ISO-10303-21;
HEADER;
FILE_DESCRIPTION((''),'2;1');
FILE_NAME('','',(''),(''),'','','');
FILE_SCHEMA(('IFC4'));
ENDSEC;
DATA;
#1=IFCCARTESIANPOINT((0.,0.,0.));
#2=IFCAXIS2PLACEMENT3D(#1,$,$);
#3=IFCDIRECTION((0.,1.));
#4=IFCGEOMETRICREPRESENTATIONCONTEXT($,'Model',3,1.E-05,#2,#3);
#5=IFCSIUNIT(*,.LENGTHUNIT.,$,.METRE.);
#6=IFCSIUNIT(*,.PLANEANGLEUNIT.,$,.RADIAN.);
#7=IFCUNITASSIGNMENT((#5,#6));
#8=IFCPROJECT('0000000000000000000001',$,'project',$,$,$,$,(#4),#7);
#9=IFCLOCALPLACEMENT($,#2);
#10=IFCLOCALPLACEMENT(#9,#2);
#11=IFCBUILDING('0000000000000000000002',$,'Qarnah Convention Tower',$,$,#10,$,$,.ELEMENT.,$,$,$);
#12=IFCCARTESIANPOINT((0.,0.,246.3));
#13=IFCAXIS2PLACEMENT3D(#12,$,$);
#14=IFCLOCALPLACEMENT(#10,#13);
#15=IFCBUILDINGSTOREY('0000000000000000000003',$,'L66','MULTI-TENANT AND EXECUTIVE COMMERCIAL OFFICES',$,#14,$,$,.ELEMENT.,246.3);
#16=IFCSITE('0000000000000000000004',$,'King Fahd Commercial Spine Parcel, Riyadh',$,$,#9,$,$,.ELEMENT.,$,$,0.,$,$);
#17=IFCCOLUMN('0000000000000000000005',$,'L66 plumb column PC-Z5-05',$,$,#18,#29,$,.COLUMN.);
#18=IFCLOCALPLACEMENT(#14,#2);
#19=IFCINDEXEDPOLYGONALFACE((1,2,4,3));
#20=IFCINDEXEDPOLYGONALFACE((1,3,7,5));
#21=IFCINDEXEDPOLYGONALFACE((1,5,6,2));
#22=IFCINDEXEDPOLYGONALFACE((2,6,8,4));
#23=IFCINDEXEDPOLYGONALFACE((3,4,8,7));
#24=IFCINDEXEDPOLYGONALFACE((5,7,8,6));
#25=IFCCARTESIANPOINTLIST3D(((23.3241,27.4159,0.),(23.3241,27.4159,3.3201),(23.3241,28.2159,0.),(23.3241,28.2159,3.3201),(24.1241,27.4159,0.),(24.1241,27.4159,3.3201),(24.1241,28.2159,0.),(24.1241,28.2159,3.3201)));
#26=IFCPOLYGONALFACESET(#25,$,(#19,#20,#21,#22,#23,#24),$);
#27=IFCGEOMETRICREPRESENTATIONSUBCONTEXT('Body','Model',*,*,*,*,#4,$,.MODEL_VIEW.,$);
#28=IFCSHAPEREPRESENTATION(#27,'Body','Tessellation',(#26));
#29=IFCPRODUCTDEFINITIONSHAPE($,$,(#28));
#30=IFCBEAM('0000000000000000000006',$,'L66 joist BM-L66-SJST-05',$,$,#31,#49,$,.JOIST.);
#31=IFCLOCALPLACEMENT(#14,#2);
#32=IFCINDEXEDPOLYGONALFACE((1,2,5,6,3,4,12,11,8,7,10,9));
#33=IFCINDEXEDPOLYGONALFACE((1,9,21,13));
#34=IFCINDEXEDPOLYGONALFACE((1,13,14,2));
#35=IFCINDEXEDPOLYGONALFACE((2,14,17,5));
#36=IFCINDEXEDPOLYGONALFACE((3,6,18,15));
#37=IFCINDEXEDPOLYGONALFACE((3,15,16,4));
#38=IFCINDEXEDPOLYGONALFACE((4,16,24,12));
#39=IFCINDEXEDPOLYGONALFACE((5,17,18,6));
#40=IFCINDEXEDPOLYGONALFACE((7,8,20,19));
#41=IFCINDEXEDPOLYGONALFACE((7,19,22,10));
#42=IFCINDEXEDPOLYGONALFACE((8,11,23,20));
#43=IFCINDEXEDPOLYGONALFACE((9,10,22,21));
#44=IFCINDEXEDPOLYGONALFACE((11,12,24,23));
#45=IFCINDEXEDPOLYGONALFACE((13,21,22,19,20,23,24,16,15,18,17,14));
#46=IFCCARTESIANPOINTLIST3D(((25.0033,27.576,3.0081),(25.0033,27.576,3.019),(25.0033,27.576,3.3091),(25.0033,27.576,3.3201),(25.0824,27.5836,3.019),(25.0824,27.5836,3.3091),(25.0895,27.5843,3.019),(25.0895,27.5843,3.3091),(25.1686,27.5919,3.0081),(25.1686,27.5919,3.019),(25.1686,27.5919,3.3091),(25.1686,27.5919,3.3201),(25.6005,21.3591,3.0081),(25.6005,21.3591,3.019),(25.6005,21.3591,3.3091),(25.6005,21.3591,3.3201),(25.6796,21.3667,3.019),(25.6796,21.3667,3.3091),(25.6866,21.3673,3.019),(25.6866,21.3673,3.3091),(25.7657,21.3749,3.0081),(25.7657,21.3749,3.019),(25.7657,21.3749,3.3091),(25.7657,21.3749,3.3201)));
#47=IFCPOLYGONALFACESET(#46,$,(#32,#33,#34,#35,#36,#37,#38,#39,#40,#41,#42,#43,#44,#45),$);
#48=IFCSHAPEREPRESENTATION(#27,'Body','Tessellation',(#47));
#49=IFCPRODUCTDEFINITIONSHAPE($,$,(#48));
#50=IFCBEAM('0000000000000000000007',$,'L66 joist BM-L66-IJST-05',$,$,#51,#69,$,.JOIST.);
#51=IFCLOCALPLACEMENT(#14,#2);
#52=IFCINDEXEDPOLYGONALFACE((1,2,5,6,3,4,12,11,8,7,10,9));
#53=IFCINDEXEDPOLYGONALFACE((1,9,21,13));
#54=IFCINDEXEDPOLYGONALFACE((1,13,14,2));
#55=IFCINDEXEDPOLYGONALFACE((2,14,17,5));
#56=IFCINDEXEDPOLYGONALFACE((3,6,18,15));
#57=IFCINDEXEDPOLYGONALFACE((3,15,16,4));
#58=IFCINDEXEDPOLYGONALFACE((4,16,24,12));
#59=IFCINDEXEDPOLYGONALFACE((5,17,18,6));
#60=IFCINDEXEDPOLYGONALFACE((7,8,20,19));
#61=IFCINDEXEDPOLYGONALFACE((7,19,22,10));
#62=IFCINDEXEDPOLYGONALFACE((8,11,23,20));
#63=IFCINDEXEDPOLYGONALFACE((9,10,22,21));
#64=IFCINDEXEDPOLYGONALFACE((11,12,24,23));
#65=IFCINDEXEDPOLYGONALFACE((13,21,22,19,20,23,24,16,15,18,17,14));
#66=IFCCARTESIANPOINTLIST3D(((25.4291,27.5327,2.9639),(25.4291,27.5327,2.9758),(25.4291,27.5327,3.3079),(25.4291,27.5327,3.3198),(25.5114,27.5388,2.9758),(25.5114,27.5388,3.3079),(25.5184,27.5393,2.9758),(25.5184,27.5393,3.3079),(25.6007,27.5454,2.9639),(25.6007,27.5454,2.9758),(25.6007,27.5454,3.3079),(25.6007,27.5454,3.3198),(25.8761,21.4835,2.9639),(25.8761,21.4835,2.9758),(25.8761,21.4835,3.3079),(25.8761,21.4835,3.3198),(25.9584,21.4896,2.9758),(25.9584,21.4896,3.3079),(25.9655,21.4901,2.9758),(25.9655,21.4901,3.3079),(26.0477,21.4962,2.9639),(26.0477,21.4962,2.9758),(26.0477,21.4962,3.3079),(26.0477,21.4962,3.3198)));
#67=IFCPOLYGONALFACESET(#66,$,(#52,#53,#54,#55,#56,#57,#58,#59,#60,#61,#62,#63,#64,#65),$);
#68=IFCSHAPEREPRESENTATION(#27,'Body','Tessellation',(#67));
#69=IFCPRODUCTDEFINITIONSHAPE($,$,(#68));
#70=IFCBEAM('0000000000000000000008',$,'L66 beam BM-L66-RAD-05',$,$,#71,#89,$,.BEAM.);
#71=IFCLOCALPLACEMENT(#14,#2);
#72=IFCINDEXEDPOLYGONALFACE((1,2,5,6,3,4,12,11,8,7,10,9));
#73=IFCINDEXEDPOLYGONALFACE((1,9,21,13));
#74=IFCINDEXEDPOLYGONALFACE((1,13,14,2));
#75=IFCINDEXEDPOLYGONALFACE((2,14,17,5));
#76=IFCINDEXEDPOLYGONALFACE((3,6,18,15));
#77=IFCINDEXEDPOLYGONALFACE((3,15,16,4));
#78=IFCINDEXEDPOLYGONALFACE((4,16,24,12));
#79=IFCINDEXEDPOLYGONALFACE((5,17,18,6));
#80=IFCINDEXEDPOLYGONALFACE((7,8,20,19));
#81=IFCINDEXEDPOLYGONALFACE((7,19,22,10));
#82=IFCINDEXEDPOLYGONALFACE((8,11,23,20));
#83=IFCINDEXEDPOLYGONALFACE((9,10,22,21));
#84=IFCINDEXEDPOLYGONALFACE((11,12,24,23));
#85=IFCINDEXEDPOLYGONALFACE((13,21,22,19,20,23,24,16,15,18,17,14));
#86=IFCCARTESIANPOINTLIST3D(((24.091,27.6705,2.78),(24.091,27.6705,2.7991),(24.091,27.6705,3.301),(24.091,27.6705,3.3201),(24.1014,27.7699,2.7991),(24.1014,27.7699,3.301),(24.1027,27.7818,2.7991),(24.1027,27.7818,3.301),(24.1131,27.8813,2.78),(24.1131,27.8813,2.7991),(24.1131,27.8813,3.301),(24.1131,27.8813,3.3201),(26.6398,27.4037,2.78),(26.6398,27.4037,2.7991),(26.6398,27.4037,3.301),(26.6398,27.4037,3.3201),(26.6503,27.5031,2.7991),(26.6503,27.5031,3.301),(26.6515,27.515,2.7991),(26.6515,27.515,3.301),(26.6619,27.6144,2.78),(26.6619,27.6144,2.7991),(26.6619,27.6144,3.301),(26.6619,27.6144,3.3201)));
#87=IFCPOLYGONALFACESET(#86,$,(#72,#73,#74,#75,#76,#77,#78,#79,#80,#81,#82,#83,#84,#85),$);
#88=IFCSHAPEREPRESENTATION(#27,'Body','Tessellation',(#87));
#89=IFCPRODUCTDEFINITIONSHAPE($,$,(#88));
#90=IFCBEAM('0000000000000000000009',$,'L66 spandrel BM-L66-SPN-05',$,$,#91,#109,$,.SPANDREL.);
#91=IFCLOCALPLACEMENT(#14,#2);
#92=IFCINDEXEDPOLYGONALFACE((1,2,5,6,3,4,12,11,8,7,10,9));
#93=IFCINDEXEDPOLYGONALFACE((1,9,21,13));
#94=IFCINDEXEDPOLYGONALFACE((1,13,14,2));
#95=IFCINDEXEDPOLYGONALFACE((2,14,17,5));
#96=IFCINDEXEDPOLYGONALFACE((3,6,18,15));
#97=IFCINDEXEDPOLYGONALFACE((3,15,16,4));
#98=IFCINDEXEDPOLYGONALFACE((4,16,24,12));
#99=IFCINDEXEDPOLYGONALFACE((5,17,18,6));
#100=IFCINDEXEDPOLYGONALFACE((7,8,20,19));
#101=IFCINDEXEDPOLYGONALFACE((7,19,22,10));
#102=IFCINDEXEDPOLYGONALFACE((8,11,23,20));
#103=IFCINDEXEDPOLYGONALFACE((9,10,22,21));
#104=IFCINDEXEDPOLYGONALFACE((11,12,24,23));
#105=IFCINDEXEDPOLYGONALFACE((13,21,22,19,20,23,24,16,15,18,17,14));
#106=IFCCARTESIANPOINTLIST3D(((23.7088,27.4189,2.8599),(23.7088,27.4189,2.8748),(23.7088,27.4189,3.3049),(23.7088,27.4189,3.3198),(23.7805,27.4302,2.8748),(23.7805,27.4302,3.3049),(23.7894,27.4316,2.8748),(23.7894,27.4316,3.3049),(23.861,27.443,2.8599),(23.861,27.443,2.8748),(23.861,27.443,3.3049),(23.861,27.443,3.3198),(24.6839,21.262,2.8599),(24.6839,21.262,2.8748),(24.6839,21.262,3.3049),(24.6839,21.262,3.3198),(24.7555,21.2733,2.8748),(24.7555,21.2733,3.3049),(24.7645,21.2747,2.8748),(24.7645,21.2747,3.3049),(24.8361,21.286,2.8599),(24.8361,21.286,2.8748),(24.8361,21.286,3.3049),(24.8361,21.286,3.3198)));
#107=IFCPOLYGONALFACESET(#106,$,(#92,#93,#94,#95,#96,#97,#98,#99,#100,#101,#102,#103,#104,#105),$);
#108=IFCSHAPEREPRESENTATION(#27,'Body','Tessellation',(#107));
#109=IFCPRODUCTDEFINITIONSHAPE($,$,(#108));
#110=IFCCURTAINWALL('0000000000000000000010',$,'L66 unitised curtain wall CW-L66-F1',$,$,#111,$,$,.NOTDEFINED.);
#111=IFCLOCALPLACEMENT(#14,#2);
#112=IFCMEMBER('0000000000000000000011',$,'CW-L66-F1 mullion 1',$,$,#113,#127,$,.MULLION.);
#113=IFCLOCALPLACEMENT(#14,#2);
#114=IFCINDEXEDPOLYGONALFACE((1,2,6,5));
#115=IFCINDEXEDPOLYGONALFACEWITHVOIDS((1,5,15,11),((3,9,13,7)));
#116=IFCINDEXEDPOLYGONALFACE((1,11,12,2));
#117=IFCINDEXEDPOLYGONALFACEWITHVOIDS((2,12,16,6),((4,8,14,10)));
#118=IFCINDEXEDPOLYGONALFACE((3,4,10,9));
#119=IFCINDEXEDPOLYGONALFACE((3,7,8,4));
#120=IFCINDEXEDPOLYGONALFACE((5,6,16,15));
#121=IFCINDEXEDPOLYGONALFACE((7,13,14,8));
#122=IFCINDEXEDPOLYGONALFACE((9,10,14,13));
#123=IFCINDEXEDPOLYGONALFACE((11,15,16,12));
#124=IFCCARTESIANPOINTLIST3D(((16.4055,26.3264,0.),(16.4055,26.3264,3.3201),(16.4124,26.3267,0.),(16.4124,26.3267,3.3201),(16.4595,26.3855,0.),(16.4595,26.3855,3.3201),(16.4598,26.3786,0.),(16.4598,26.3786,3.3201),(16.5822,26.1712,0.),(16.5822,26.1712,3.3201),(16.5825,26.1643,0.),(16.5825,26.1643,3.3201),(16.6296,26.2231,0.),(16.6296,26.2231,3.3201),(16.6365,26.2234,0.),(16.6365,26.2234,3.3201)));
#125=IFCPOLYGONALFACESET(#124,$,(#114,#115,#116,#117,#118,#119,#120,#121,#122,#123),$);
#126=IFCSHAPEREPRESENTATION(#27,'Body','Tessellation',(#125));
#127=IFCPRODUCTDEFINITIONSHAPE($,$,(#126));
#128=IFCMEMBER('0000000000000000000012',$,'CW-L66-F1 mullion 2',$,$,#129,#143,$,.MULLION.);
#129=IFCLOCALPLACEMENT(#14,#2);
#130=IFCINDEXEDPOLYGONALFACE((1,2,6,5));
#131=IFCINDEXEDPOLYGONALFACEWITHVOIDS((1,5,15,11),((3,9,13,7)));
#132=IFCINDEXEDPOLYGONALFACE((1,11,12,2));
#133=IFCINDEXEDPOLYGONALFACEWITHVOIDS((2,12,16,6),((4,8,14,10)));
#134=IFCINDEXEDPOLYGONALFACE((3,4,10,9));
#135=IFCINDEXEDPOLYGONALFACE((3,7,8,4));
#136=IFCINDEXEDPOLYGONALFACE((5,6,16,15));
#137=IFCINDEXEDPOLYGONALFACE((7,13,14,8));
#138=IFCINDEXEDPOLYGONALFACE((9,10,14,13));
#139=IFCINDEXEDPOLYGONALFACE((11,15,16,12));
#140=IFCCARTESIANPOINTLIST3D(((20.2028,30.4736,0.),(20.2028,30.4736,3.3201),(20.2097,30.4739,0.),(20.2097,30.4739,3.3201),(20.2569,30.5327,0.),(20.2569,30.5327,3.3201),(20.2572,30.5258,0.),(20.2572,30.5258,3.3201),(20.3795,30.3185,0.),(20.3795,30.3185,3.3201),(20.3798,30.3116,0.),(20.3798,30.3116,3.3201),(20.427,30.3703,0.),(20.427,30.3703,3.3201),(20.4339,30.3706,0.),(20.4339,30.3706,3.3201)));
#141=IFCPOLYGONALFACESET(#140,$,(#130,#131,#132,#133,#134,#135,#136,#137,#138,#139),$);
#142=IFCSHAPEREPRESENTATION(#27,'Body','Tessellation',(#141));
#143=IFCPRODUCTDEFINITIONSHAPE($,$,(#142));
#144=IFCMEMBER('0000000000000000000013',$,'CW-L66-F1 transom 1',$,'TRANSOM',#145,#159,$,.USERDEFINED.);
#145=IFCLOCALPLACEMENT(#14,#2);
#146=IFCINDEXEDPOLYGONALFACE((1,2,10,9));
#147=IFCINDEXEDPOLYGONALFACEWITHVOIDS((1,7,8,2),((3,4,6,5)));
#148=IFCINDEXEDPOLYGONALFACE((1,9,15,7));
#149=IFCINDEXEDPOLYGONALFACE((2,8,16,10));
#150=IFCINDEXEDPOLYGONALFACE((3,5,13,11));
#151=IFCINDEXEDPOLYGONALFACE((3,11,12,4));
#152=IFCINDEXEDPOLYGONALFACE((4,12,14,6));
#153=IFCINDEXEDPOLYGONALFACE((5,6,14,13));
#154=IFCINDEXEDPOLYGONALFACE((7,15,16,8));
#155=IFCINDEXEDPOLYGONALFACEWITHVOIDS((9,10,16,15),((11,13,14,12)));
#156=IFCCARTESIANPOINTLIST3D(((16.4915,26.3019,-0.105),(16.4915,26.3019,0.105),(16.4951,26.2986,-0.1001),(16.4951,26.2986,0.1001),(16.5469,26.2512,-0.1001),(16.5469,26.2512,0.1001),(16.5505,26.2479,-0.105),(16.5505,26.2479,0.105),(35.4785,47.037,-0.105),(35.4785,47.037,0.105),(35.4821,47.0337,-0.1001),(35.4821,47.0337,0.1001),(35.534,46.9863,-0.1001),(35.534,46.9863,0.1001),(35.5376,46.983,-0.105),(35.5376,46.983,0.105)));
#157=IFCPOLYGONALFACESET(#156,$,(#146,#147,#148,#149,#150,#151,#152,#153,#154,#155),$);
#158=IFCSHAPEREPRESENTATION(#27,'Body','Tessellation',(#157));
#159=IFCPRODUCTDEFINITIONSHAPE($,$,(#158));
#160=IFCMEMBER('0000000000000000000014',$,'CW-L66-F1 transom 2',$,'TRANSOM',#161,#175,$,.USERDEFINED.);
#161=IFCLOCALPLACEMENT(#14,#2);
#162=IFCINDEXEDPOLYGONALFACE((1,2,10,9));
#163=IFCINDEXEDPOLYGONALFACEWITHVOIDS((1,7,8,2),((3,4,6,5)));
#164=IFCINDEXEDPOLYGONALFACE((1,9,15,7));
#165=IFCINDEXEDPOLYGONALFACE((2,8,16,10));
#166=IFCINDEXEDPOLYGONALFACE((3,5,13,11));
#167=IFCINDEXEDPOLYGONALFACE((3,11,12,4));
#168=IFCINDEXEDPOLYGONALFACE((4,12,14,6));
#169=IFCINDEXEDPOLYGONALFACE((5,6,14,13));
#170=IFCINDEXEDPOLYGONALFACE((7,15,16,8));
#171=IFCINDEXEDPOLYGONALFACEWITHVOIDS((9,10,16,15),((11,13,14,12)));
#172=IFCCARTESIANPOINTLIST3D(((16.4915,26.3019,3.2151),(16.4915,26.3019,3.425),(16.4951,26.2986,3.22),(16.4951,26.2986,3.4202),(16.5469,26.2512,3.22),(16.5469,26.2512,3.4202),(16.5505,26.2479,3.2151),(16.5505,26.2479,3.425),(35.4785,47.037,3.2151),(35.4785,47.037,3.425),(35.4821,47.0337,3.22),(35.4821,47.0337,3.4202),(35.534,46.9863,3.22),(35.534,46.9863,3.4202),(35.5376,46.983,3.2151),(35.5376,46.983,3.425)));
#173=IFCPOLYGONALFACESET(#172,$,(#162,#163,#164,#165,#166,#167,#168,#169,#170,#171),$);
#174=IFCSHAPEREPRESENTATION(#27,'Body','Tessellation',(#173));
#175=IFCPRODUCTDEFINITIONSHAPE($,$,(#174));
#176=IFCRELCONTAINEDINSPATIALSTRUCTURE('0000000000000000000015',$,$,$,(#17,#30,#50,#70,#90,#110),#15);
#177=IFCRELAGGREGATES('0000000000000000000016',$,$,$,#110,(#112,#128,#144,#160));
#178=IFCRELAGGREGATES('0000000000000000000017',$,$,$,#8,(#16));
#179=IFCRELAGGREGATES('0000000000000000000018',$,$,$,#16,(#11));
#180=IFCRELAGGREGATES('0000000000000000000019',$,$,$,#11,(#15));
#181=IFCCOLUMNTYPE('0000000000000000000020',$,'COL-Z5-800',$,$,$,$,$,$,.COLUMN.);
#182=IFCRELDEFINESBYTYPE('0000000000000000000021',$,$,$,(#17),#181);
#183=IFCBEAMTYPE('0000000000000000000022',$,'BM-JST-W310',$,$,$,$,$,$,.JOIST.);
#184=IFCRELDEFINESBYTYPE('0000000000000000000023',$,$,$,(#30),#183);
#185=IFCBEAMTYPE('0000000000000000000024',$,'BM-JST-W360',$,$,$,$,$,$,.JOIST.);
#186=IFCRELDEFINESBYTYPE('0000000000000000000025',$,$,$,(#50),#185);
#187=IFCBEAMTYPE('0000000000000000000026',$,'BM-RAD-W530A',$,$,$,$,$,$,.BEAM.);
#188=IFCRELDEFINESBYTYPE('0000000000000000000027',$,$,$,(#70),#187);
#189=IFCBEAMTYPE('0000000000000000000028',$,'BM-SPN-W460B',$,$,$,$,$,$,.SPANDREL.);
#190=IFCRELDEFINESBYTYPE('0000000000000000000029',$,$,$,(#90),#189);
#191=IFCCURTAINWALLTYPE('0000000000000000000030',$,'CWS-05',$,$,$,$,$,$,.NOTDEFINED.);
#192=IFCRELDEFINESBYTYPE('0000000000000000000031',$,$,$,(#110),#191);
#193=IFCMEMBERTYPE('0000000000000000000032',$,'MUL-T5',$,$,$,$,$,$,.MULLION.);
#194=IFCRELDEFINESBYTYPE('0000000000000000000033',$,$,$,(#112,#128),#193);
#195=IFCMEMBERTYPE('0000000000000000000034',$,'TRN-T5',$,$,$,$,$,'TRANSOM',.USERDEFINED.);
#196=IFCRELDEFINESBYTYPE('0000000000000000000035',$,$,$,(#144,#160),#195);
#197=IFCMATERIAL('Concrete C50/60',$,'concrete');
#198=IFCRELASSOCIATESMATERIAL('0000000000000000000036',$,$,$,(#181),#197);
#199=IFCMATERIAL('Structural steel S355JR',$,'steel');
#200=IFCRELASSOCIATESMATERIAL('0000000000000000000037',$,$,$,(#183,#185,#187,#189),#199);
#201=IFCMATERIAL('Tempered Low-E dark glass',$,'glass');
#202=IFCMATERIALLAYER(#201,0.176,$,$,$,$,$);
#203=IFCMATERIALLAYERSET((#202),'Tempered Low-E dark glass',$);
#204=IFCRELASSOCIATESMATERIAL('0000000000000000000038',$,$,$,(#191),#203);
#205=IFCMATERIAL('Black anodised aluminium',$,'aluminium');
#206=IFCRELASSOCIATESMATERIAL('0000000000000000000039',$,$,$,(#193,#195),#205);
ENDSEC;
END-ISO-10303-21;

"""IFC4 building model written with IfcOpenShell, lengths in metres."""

from ifc_helpers import new_model, si_unit, direction, frame, origin, origin_2d, place, context, subcontext, project, spatial, rectangle, hollow_rectangle, i_section, extrude, material, layer, layer_set, material_profile, profile_set, type_object, element, aggregate, save


model = new_model("IFC4")

# Units and contexts
model_context = context("Model", 3, precision=1e-05, world=origin(), true_north=direction((0.0, 1.0)))
body_context = subcontext(model_context, "Body", "Model", "MODEL_VIEW")
ifc_project = project(units=[si_unit("LENGTHUNIT", "METRE"), si_unit("PLANEANGLEUNIT", "RADIAN")], contexts=[model_context])

# Site, building, storey
site_placement = place(None, origin())
site = spatial("IfcSite", under=ifc_project, at=site_placement, Name="King Fahd Commercial Spine Parcel, Riyadh", CompositionType="ELEMENT", RefElevation=0.0)
building_placement = place(site_placement, origin())
building = spatial("IfcBuilding", under=site, at=building_placement, Name="Qarnah Convention Tower", CompositionType="ELEMENT")
storey_placement = place(building_placement, frame((0.0, 0.0, 246.3)))
storey = spatial("IfcBuildingStorey", under=building, at=storey_placement, Name="L66", Description="MULTI-TENANT AND EXECUTIVE COMMERCIAL OFFICES", CompositionType="ELEMENT", Elevation=246.3)

# Column
ifc_material_1 = material(Name="Concrete C50/60", Category="concrete")
ifc_material_profile_1 = material_profile(ifc_material_1, rectangle(XDim=0.8, YDim=0.8, at=origin_2d()), Name="RC-COL-800X800")
ifc_profile_set_1 = profile_set([ifc_material_profile_1], Name="Concrete C50/60")
column_type = type_object("IfcColumnType", Name="COL-Z5-800", PredefinedType="COLUMN", material=ifc_profile_set_1)
column_placement = place(storey_placement, frame((23.7241, 27.8159, 0.0), z_axis=(0.0, 0.0, 1.0), x_axis=(1.0, 0.0, 0.0)))
element("IfcColumn", 1, at=column_placement, inside=storey, type_object=column_type, Name="L66 plumb column PC-Z5-05", PredefinedType="COLUMN", context=body_context, shape_type="SweptSolid", body=[
    extrude(rectangle(XDim=0.8, YDim=0.8, at=origin_2d()), origin(), (0.0, 0.0, 1.0), 3.3201),
])

# Beams
ifc_material_2 = material(Name="Structural steel S355JR", Category="steel")
ifc_material_profile_2 = material_profile(ifc_material_2, i_section(OverallWidth=0.166, OverallDepth=0.312, WebThickness=0.0071, FlangeThickness=0.011, at=origin_2d()), Name="W310X45")
ifc_profile_set_2 = profile_set([ifc_material_profile_2], Name="Structural steel S355JR")
beam_type_1 = type_object("IfcBeamType", Name="BM-JST-W310", PredefinedType="JOIST", material=ifc_profile_set_2)
beam_1_placement = place(storey_placement, frame((25.0859, 27.584, 3.1641), z_axis=(0.095613, -0.995419, 0.0), x_axis=(0.995419, 0.095613, 0.0)))
element("IfcBeam", 2, at=beam_1_placement, inside=storey, type_object=beam_type_1, Name="L66 joist BM-L66-SJST-05", PredefinedType="JOIST", context=body_context, shape_type="SweptSolid", body=[
    extrude(i_section(OverallWidth=0.166, OverallDepth=0.312, WebThickness=0.0071, FlangeThickness=0.011, at=origin_2d()), origin(), (0.0, 0.0, 1.0), 6.2456),
])
ifc_material_profile_3 = material_profile(ifc_material_2, i_section(OverallWidth=0.1721, OverallDepth=0.356, WebThickness=0.0071, FlangeThickness=0.012, at=origin_2d()), Name="W360X51")
ifc_profile_set_3 = profile_set([ifc_material_profile_3], Name="Structural steel S355JR")
beam_type_2 = type_object("IfcBeamType", Name="BM-JST-W360", PredefinedType="JOIST", material=ifc_profile_set_3)
beam_2_placement = place(storey_placement, frame((25.5149, 27.5391, 3.1418), z_axis=(0.073698, -0.997281, 0.0), x_axis=(0.997281, 0.073698, 0.0)))
element("IfcBeam", 3, at=beam_2_placement, inside=storey, type_object=beam_type_2, Name="L66 joist BM-L66-IJST-05", PredefinedType="JOIST", context=body_context, shape_type="SweptSolid", body=[
    extrude(i_section(OverallWidth=0.1721, OverallDepth=0.356, WebThickness=0.0071, FlangeThickness=0.012, at=origin_2d()), origin(), (0.0, 0.0, 1.0), 6.0657),
])
ifc_material_profile_4 = material_profile(ifc_material_2, i_section(OverallWidth=0.2119, OverallDepth=0.54, WebThickness=0.012, FlangeThickness=0.019, at=origin_2d()), Name="W530X109")
ifc_profile_set_4 = profile_set([ifc_material_profile_4], Name="Structural steel S355JR")
beam_type_3 = type_object("IfcBeamType", Name="BM-RAD-W530A", PredefinedType="BEAM", material=ifc_profile_set_4)
beam_3_placement = place(storey_placement, frame((26.6509, 27.509, 3.05), z_axis=(-0.994564, 0.104124, 0.0), x_axis=(-0.104124, -0.994564, 0.0)))
element("IfcBeam", 4, at=beam_3_placement, inside=storey, type_object=beam_type_3, Name="L66 beam BM-L66-RAD-05", PredefinedType="BEAM", context=body_context, shape_type="SweptSolid", body=[
    extrude(i_section(OverallWidth=0.2119, OverallDepth=0.54, WebThickness=0.012, FlangeThickness=0.019, at=origin_2d()), origin(), (0.0, 0.0, 1.0), 2.5627),
])
ifc_material_profile_5 = material_profile(ifc_material_2, i_section(OverallWidth=0.1541, OverallDepth=0.46, WebThickness=0.009, FlangeThickness=0.0149, at=origin_2d()), Name="W460X68")
ifc_profile_set_5 = profile_set([ifc_material_profile_5], Name="Structural steel S355JR")
beam_type_4 = type_object("IfcBeamType", Name="BM-SPN-W460B", PredefinedType="SPANDREL", material=ifc_profile_set_5)
beam_4_placement = place(storey_placement, frame((23.7849, 27.4309, 3.0898), z_axis=(0.156423, -0.98769, 0.0), x_axis=(0.98769, 0.156423, 0.0)))
element("IfcBeam", 5, at=beam_4_placement, inside=storey, type_object=beam_type_4, Name="L66 spandrel BM-L66-SPN-05", PredefinedType="SPANDREL", context=body_context, shape_type="SweptSolid", body=[
    extrude(i_section(OverallWidth=0.1541, OverallDepth=0.46, WebThickness=0.009, FlangeThickness=0.0149, at=origin_2d()), origin(), (0.0, 0.0, 1.0), 6.2336),
])

# Curtain wall, members
ifc_material_3 = material(Name="Tempered Low-E dark glass", Category="glass")
ifc_layer_1 = layer(ifc_material_3, 0.176)
ifc_layer_set_1 = layer_set([ifc_layer_1], Name="Tempered Low-E dark glass")
curtain_wall_type = type_object("IfcCurtainWallType", Name="CWS-05", PredefinedType="NOTDEFINED", material=ifc_layer_set_1)
curtain_wall_placement = place(storey_placement, origin())
curtain_wall = element("IfcCurtainWall", 6, at=curtain_wall_placement, inside=storey, type_object=curtain_wall_type, Name="L66 unitised curtain wall CW-L66-F1", PredefinedType="NOTDEFINED")
ifc_material_4 = material(Name="Black anodised aluminium", Category="aluminium")
ifc_material_profile_6 = material_profile(ifc_material_4, hollow_rectangle(XDim=0.0801, YDim=0.24, WallThickness=0.0049, at=origin_2d()), Name="MUL-80X240")
ifc_profile_set_6 = profile_set([ifc_material_profile_6], Name="Black anodised aluminium")
member_type_1 = type_object("IfcMemberType", Name="MUL-T5", PredefinedType="MULLION", material=ifc_profile_set_6)
member_1_placement = place(storey_placement, frame((16.521, 26.2749, 0.0), z_axis=(0.0, 0.0, 1.0), x_axis=(0.675336, 0.73751, 0.0)))
member_1 = element("IfcMember", 7, at=member_1_placement, type_object=member_type_1, Name="CW-L66-F1 mullion 1", PredefinedType="MULLION", context=body_context, shape_type="SweptSolid", body=[
    extrude(hollow_rectangle(XDim=0.0801, YDim=0.24, WallThickness=0.0049, at=origin_2d()), origin(), (0.0, 0.0, 1.0), 3.3201),
])
member_2_placement = place(storey_placement, frame((20.3184, 30.4221, 0.0), z_axis=(0.0, 0.0, 1.0), x_axis=(0.675336, 0.73751, 0.0)))
member_2 = element("IfcMember", 8, at=member_2_placement, type_object=member_type_1, Name="CW-L66-F1 mullion 2", PredefinedType="MULLION", context=body_context, shape_type="SweptSolid", body=[
    extrude(hollow_rectangle(XDim=0.0801, YDim=0.24, WallThickness=0.0049, at=origin_2d()), origin(), (0.0, 0.0, 1.0), 3.3201),
])
ifc_material_profile_7 = material_profile(ifc_material_4, hollow_rectangle(XDim=0.0801, YDim=0.21, WallThickness=0.0049, at=origin_2d()), Name="TRN-80X210")
ifc_profile_set_7 = profile_set([ifc_material_profile_7], Name="Black anodised aluminium")
member_type_2 = type_object("IfcMemberType", Name="TRN-T5", ElementType="TRANSOM", PredefinedType="USERDEFINED", material=ifc_profile_set_7)
member_3_placement = place(storey_placement, frame((16.521, 26.2749, 0.0), z_axis=(0.675336, 0.737511, 0.0), x_axis=(-0.737511, 0.675336, 0.0)))
member_3 = element("IfcMember", 9, at=member_3_placement, type_object=member_type_2, Name="CW-L66-F1 transom 1", ObjectType="TRANSOM", PredefinedType="USERDEFINED", context=body_context, shape_type="SweptSolid", body=[
    extrude(hollow_rectangle(XDim=0.0801, YDim=0.21, WallThickness=0.0049, at=origin_2d()), origin(), (0.0, 0.0, 1.0), 28.115),
])
member_4_placement = place(storey_placement, frame((16.521, 26.2749, 3.3201), z_axis=(0.675336, 0.737511, 0.0), x_axis=(-0.737511, 0.675336, 0.0)))
member_4 = element("IfcMember", 10, at=member_4_placement, type_object=member_type_2, Name="CW-L66-F1 transom 2", ObjectType="TRANSOM", PredefinedType="USERDEFINED", context=body_context, shape_type="SweptSolid", body=[
    extrude(hollow_rectangle(XDim=0.0801, YDim=0.21, WallThickness=0.0049, at=origin_2d()), origin(), (0.0, 0.0, 1.0), 28.115),
])
aggregate(curtain_wall, [member_1, member_2, member_3, member_4])

save(model, "model.ifc")
